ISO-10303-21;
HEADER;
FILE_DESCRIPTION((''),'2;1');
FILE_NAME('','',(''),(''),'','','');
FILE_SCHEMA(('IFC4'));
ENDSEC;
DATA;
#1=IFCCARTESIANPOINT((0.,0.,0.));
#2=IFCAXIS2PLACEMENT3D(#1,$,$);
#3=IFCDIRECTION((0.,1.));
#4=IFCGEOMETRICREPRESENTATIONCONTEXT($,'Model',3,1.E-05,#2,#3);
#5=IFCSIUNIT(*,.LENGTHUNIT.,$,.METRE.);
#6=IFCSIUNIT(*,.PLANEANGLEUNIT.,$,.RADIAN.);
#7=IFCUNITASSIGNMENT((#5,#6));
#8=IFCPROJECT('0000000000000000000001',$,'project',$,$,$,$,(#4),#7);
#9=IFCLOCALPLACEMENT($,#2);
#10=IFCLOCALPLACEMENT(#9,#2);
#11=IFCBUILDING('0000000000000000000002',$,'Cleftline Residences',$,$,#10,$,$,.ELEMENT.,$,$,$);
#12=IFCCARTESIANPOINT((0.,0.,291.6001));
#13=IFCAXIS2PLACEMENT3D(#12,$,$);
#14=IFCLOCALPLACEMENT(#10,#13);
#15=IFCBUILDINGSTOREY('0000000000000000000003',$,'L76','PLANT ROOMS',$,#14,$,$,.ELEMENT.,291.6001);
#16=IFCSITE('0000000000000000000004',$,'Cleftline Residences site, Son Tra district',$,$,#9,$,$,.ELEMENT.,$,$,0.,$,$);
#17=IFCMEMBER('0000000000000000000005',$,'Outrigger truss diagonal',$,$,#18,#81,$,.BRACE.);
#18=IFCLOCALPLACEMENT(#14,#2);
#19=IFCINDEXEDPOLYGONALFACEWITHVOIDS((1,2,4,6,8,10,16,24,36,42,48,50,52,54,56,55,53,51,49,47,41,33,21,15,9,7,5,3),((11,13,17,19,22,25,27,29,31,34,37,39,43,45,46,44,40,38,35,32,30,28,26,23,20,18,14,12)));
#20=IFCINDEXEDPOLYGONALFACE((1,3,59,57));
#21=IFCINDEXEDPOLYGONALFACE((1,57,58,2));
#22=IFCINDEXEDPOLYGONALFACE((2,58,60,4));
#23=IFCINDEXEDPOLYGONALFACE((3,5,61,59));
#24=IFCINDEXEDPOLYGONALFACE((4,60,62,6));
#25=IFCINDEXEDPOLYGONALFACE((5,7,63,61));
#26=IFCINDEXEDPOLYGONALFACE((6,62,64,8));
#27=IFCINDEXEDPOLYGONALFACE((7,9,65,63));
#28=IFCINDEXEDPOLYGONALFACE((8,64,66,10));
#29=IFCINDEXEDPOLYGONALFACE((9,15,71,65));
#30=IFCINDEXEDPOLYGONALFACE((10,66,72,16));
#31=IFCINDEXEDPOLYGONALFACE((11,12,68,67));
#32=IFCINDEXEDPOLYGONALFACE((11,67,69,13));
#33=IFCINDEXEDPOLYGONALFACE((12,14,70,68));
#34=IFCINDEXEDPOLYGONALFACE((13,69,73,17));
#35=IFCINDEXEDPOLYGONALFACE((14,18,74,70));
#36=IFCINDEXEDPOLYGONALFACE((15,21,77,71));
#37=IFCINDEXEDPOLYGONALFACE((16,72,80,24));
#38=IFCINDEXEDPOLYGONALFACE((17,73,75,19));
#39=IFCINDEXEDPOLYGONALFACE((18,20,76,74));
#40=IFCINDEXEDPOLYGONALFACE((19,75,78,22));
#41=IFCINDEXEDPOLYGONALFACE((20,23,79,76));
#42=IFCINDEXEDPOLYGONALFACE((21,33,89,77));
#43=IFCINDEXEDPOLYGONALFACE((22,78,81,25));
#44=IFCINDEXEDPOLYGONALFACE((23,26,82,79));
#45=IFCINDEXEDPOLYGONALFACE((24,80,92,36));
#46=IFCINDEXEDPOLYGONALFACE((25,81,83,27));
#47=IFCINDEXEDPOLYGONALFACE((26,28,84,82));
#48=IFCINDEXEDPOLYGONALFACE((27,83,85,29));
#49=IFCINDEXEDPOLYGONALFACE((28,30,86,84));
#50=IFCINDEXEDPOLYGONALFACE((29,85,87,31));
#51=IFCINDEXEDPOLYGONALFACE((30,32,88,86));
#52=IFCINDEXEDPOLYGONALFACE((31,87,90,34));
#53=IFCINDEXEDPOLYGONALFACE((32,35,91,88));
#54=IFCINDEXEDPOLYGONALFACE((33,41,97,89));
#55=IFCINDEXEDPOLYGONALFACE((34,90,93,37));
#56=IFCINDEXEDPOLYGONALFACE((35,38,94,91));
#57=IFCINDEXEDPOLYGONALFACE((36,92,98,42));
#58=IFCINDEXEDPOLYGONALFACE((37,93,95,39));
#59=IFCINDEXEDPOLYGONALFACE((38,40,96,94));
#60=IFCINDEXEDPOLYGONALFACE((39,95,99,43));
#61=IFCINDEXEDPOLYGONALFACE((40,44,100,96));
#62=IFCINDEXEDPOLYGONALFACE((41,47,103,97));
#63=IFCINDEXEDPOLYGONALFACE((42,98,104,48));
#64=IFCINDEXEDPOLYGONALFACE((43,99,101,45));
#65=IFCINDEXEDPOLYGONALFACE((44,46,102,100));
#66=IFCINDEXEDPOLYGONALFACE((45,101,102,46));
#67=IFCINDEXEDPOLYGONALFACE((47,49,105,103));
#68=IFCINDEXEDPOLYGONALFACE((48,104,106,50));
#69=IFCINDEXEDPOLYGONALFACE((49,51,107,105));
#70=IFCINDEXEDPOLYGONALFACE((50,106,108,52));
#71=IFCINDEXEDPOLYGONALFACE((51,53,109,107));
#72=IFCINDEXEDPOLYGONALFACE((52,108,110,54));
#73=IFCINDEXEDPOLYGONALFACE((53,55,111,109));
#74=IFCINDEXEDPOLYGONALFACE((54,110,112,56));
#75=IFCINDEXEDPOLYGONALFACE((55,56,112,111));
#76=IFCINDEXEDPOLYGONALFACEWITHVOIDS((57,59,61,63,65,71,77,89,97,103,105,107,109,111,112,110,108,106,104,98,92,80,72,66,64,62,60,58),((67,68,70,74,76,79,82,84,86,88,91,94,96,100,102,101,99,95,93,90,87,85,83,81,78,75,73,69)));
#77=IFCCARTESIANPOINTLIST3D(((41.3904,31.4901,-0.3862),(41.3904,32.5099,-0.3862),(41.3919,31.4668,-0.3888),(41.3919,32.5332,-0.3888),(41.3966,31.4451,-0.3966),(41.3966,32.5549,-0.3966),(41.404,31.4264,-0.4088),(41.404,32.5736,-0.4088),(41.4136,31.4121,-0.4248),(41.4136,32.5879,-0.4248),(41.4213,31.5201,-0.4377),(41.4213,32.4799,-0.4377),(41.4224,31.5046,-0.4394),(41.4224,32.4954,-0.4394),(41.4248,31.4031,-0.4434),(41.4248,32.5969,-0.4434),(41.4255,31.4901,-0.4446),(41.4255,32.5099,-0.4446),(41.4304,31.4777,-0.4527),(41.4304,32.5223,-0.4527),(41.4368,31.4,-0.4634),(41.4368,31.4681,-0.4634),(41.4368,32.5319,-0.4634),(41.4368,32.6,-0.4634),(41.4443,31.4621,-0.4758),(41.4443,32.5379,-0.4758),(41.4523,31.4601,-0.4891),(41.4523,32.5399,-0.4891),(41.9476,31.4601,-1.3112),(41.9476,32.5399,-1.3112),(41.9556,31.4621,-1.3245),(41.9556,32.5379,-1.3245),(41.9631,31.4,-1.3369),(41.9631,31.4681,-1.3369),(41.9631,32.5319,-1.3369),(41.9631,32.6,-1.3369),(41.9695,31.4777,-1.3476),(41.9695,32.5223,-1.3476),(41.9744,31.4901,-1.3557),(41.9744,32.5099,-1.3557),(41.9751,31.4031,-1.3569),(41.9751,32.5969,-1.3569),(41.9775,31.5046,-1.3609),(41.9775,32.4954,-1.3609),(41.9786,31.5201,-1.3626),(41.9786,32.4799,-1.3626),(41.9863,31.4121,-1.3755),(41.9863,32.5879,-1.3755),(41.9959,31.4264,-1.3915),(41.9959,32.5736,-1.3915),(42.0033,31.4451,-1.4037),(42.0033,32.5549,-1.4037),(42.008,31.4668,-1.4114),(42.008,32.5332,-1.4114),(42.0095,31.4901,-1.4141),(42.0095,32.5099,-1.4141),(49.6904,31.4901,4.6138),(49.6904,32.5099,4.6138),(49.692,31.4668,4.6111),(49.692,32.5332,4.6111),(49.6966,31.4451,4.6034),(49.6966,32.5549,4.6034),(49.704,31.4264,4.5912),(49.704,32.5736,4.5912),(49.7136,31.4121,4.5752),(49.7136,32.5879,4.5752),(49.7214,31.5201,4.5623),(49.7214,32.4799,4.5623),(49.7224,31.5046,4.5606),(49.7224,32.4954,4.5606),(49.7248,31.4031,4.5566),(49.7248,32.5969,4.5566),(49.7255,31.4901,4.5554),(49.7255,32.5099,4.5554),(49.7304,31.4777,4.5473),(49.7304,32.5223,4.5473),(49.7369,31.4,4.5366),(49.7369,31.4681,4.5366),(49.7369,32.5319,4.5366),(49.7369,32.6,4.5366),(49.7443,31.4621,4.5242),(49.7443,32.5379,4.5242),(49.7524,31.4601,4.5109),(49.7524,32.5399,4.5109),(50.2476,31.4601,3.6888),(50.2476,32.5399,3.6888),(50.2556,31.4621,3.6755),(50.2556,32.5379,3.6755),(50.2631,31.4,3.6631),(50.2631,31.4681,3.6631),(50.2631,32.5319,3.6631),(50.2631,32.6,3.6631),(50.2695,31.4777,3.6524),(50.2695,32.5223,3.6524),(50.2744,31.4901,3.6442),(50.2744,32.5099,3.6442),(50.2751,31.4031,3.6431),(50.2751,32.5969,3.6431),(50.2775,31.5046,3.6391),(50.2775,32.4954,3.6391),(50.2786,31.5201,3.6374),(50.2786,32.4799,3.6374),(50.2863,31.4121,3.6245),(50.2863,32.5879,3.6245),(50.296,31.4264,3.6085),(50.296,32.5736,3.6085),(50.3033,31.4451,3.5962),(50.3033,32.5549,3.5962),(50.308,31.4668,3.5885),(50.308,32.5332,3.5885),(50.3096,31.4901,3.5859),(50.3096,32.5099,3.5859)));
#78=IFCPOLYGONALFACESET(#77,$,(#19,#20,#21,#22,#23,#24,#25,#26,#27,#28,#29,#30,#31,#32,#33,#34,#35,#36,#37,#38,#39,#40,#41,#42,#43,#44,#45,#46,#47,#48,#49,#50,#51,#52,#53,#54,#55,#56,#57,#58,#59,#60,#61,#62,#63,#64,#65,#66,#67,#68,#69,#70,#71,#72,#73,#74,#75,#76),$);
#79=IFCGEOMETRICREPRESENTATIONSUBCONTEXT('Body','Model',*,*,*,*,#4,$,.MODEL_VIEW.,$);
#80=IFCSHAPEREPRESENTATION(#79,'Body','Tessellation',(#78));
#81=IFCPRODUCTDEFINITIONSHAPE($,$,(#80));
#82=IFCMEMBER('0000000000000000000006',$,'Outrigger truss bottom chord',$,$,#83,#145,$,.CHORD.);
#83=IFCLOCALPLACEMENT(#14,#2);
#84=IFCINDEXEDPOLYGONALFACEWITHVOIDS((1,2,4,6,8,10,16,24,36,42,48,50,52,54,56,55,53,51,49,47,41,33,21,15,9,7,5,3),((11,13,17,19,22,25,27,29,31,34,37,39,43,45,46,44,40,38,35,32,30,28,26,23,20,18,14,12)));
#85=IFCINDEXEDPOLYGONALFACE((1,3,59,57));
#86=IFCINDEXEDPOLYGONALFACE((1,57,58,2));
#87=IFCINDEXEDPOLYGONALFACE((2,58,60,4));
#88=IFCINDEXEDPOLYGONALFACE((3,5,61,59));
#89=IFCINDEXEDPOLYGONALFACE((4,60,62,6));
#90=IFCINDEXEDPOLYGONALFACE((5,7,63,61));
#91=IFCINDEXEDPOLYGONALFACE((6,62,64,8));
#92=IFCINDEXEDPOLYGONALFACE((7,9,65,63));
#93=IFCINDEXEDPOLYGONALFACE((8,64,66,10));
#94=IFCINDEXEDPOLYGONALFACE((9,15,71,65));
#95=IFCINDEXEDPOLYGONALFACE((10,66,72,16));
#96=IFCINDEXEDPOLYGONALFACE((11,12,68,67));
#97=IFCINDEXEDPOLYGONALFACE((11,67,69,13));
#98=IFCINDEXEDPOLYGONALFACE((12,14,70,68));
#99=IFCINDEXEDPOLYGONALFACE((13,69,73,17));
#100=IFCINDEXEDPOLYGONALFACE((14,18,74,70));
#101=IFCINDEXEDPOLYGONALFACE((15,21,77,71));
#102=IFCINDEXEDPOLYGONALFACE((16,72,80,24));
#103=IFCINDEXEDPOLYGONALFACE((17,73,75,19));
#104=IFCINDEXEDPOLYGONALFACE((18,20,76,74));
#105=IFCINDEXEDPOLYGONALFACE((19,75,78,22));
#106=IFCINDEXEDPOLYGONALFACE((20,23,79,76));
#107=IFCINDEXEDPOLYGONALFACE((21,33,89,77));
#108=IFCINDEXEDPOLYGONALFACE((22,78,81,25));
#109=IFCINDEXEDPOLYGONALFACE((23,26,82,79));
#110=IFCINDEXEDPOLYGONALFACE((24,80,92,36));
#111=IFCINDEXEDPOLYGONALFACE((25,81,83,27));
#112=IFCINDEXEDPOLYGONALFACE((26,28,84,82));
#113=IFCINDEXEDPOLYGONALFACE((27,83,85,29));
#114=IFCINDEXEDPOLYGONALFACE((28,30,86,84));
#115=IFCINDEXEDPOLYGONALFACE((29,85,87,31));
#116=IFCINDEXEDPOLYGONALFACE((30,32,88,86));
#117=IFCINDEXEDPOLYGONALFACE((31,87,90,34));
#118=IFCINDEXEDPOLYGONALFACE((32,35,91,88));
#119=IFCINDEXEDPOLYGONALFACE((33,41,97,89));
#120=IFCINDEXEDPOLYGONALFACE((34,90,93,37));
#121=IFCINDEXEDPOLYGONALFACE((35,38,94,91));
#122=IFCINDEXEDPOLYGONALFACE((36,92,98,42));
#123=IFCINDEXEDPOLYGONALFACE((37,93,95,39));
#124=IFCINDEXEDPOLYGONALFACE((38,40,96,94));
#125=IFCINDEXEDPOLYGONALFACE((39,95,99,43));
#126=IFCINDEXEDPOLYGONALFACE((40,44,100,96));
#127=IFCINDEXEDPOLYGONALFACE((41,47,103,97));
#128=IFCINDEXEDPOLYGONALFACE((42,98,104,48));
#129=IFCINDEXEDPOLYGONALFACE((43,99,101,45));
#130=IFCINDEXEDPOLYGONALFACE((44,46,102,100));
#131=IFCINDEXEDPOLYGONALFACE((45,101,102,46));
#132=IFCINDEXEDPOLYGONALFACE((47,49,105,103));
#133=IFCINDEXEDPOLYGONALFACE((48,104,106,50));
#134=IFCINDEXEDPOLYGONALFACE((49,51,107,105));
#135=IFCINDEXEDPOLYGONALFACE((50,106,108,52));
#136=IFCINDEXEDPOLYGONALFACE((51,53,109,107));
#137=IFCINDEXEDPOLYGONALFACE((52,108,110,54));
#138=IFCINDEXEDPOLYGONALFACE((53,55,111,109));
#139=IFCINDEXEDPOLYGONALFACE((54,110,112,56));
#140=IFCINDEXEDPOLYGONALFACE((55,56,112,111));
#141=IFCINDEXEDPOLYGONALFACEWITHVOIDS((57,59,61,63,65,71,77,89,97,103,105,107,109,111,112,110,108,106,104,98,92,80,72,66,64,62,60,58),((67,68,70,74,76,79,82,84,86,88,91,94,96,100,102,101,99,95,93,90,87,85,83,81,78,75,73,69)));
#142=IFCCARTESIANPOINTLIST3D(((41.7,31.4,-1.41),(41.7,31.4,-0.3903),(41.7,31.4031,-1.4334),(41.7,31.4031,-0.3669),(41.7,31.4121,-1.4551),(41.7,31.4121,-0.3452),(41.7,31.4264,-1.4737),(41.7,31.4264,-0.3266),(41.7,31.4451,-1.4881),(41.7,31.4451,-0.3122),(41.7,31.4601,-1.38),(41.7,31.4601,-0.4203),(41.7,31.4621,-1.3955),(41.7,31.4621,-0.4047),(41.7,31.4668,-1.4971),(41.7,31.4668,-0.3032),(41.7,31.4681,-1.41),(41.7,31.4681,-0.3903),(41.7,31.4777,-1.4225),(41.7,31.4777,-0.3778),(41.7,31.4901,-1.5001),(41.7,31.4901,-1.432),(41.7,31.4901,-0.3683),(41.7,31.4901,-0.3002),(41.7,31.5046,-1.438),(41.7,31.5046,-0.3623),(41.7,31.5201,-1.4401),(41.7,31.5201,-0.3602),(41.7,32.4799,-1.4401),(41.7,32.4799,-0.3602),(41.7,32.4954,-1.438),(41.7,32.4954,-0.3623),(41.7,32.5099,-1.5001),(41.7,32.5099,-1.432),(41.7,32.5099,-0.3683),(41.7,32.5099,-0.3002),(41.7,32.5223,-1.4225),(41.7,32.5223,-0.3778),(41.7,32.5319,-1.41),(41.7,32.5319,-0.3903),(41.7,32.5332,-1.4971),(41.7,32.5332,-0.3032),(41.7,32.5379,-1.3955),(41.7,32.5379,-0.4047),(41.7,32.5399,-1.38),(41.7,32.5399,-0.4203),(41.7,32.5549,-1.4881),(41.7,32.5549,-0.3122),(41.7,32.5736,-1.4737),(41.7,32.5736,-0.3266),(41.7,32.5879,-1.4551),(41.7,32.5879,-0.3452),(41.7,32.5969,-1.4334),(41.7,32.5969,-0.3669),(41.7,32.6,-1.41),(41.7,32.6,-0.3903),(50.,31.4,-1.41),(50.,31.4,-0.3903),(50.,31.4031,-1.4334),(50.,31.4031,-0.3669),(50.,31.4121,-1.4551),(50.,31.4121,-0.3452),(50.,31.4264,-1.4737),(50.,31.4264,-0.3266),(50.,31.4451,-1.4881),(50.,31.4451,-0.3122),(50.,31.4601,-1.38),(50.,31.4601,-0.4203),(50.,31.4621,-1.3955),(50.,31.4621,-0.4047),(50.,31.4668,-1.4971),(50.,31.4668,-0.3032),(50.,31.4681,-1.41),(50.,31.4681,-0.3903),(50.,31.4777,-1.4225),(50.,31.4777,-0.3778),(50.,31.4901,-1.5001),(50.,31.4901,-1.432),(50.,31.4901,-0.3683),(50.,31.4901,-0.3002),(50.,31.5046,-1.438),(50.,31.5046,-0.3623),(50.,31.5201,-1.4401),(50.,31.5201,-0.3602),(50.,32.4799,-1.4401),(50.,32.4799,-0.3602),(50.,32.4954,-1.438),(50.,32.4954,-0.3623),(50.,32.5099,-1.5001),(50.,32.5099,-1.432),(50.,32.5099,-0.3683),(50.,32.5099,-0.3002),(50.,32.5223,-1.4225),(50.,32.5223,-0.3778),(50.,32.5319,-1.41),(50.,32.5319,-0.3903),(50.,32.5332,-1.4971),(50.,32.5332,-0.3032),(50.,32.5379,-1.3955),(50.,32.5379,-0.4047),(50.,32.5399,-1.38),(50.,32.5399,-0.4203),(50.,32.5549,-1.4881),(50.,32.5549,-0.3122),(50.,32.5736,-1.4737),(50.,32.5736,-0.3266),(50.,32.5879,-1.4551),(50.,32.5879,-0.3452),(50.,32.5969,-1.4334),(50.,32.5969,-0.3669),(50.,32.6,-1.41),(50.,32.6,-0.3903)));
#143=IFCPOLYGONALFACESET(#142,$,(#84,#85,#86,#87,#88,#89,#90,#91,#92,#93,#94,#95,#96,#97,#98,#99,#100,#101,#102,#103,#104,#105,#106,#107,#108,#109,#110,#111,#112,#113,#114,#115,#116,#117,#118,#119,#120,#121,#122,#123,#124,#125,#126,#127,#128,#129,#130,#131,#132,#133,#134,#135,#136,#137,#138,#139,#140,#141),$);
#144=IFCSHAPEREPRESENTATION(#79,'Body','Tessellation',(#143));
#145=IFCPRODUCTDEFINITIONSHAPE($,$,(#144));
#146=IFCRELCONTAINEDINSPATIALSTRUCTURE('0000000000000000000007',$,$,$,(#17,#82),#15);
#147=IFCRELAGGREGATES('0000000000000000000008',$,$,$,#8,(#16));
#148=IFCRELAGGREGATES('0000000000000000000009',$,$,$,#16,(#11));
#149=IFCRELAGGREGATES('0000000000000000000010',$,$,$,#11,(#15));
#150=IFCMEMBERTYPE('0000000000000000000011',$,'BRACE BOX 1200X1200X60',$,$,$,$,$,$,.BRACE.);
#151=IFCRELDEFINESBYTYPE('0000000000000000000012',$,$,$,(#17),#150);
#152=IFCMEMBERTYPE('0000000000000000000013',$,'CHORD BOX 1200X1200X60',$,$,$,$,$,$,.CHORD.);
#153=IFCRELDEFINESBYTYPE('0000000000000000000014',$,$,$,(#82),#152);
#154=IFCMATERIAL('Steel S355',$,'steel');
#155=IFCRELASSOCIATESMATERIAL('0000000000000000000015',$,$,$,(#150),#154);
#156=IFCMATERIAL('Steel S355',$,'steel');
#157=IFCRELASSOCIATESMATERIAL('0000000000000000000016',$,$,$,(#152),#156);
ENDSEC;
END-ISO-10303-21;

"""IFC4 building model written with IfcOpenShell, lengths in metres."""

from ifc_helpers import new_model, si_unit, direction, frame, origin, origin_2d, place, context, subcontext, project, spatial, hollow_rectangle, extrude, material, material_profile, profile_set, type_object, element, save


model = new_model("IFC4")

# Units and contexts
model_context = context("Model", 3, precision=1e-05, world=origin(), true_north=direction((0.0, 1.0)))
body_context = subcontext(model_context, "Body", "Model", "MODEL_VIEW")
ifc_project = project(units=[si_unit("LENGTHUNIT", "METRE"), si_unit("PLANEANGLEUNIT", "RADIAN")], contexts=[model_context])

# Site, building, storey
site_placement = place(None, origin())
site = spatial("IfcSite", under=ifc_project, at=site_placement, Name="Cleftline Residences site, Son Tra district", CompositionType="ELEMENT", RefElevation=0.0)
building_placement = place(site_placement, origin())
building = spatial("IfcBuilding", under=site, at=building_placement, Name="Cleftline Residences", CompositionType="ELEMENT")
storey_placement = place(building_placement, frame((0.0, 0.0, 291.6001)))
storey = spatial("IfcBuildingStorey", under=building, at=storey_placement, Name="L76", Description="PLANT ROOMS", CompositionType="ELEMENT", Elevation=291.6001)

# Members
ifc_material_1 = material(Name="Steel S355", Category="steel")
ifc_material_profile_1 = material_profile(ifc_material_1, hollow_rectangle(XDim=1.2, YDim=1.2, WallThickness=0.0601, InnerFilletRadius=0.0601, OuterFilletRadius=0.0901, at=origin_2d()))
ifc_profile_set_1 = profile_set([ifc_material_profile_1], Name="Steel S355")
member_type_1 = type_object("IfcMemberType", Name="BRACE BOX 1200X1200X60", PredefinedType="BRACE", material=ifc_profile_set_1)
member_placement = place(storey_placement, frame((41.7, 32.0, -0.9001), z_axis=(0.856582, 0.0, 0.51601), x_axis=(-0.51601, 0.0, 0.856582)))
element("IfcMember", 1, at=member_placement, inside=storey, type_object=member_type_1, Name="Outrigger truss diagonal", PredefinedType="BRACE", context=body_context, shape_type="SweptSolid", body=[
    extrude(hollow_rectangle(XDim=1.2, YDim=1.2, WallThickness=0.0601, InnerFilletRadius=0.0601, OuterFilletRadius=0.0901, at=origin_2d()), origin(), (0.0, 0.0, 1.0), 9.6897),
])
ifc_material_2 = material(Name="Steel S355", Category="steel")
ifc_material_profile_2 = material_profile(ifc_material_2, hollow_rectangle(XDim=1.2, YDim=1.2, WallThickness=0.0601, InnerFilletRadius=0.0601, OuterFilletRadius=0.0901, at=origin_2d()))
ifc_profile_set_2 = profile_set([ifc_material_profile_2], Name="Steel S355")
member_type_2 = type_object("IfcMemberType", Name="CHORD BOX 1200X1200X60", PredefinedType="CHORD", material=ifc_profile_set_2)
for number, where, z_axis, x_axis, name in (
    (2, (41.7, 32.0, -0.9001), (1.0, 0.0, 0.0), (0.0, 1.0, 0.0), "Outrigger truss bottom chord"),
):
    element("IfcMember", number, at=place(storey_placement, frame(where, z_axis=z_axis, x_axis=x_axis)), inside=storey, type_object=member_type_2, Name=name, PredefinedType="CHORD", context=body_context, shape_type="SweptSolid", body=[
        extrude(hollow_rectangle(XDim=1.2, YDim=1.2, WallThickness=0.0601, InnerFilletRadius=0.0601, OuterFilletRadius=0.0901, at=origin_2d()), origin(), (0.0, 0.0, 1.0), 8.3),
    ])

save(model, "model.ifc")
